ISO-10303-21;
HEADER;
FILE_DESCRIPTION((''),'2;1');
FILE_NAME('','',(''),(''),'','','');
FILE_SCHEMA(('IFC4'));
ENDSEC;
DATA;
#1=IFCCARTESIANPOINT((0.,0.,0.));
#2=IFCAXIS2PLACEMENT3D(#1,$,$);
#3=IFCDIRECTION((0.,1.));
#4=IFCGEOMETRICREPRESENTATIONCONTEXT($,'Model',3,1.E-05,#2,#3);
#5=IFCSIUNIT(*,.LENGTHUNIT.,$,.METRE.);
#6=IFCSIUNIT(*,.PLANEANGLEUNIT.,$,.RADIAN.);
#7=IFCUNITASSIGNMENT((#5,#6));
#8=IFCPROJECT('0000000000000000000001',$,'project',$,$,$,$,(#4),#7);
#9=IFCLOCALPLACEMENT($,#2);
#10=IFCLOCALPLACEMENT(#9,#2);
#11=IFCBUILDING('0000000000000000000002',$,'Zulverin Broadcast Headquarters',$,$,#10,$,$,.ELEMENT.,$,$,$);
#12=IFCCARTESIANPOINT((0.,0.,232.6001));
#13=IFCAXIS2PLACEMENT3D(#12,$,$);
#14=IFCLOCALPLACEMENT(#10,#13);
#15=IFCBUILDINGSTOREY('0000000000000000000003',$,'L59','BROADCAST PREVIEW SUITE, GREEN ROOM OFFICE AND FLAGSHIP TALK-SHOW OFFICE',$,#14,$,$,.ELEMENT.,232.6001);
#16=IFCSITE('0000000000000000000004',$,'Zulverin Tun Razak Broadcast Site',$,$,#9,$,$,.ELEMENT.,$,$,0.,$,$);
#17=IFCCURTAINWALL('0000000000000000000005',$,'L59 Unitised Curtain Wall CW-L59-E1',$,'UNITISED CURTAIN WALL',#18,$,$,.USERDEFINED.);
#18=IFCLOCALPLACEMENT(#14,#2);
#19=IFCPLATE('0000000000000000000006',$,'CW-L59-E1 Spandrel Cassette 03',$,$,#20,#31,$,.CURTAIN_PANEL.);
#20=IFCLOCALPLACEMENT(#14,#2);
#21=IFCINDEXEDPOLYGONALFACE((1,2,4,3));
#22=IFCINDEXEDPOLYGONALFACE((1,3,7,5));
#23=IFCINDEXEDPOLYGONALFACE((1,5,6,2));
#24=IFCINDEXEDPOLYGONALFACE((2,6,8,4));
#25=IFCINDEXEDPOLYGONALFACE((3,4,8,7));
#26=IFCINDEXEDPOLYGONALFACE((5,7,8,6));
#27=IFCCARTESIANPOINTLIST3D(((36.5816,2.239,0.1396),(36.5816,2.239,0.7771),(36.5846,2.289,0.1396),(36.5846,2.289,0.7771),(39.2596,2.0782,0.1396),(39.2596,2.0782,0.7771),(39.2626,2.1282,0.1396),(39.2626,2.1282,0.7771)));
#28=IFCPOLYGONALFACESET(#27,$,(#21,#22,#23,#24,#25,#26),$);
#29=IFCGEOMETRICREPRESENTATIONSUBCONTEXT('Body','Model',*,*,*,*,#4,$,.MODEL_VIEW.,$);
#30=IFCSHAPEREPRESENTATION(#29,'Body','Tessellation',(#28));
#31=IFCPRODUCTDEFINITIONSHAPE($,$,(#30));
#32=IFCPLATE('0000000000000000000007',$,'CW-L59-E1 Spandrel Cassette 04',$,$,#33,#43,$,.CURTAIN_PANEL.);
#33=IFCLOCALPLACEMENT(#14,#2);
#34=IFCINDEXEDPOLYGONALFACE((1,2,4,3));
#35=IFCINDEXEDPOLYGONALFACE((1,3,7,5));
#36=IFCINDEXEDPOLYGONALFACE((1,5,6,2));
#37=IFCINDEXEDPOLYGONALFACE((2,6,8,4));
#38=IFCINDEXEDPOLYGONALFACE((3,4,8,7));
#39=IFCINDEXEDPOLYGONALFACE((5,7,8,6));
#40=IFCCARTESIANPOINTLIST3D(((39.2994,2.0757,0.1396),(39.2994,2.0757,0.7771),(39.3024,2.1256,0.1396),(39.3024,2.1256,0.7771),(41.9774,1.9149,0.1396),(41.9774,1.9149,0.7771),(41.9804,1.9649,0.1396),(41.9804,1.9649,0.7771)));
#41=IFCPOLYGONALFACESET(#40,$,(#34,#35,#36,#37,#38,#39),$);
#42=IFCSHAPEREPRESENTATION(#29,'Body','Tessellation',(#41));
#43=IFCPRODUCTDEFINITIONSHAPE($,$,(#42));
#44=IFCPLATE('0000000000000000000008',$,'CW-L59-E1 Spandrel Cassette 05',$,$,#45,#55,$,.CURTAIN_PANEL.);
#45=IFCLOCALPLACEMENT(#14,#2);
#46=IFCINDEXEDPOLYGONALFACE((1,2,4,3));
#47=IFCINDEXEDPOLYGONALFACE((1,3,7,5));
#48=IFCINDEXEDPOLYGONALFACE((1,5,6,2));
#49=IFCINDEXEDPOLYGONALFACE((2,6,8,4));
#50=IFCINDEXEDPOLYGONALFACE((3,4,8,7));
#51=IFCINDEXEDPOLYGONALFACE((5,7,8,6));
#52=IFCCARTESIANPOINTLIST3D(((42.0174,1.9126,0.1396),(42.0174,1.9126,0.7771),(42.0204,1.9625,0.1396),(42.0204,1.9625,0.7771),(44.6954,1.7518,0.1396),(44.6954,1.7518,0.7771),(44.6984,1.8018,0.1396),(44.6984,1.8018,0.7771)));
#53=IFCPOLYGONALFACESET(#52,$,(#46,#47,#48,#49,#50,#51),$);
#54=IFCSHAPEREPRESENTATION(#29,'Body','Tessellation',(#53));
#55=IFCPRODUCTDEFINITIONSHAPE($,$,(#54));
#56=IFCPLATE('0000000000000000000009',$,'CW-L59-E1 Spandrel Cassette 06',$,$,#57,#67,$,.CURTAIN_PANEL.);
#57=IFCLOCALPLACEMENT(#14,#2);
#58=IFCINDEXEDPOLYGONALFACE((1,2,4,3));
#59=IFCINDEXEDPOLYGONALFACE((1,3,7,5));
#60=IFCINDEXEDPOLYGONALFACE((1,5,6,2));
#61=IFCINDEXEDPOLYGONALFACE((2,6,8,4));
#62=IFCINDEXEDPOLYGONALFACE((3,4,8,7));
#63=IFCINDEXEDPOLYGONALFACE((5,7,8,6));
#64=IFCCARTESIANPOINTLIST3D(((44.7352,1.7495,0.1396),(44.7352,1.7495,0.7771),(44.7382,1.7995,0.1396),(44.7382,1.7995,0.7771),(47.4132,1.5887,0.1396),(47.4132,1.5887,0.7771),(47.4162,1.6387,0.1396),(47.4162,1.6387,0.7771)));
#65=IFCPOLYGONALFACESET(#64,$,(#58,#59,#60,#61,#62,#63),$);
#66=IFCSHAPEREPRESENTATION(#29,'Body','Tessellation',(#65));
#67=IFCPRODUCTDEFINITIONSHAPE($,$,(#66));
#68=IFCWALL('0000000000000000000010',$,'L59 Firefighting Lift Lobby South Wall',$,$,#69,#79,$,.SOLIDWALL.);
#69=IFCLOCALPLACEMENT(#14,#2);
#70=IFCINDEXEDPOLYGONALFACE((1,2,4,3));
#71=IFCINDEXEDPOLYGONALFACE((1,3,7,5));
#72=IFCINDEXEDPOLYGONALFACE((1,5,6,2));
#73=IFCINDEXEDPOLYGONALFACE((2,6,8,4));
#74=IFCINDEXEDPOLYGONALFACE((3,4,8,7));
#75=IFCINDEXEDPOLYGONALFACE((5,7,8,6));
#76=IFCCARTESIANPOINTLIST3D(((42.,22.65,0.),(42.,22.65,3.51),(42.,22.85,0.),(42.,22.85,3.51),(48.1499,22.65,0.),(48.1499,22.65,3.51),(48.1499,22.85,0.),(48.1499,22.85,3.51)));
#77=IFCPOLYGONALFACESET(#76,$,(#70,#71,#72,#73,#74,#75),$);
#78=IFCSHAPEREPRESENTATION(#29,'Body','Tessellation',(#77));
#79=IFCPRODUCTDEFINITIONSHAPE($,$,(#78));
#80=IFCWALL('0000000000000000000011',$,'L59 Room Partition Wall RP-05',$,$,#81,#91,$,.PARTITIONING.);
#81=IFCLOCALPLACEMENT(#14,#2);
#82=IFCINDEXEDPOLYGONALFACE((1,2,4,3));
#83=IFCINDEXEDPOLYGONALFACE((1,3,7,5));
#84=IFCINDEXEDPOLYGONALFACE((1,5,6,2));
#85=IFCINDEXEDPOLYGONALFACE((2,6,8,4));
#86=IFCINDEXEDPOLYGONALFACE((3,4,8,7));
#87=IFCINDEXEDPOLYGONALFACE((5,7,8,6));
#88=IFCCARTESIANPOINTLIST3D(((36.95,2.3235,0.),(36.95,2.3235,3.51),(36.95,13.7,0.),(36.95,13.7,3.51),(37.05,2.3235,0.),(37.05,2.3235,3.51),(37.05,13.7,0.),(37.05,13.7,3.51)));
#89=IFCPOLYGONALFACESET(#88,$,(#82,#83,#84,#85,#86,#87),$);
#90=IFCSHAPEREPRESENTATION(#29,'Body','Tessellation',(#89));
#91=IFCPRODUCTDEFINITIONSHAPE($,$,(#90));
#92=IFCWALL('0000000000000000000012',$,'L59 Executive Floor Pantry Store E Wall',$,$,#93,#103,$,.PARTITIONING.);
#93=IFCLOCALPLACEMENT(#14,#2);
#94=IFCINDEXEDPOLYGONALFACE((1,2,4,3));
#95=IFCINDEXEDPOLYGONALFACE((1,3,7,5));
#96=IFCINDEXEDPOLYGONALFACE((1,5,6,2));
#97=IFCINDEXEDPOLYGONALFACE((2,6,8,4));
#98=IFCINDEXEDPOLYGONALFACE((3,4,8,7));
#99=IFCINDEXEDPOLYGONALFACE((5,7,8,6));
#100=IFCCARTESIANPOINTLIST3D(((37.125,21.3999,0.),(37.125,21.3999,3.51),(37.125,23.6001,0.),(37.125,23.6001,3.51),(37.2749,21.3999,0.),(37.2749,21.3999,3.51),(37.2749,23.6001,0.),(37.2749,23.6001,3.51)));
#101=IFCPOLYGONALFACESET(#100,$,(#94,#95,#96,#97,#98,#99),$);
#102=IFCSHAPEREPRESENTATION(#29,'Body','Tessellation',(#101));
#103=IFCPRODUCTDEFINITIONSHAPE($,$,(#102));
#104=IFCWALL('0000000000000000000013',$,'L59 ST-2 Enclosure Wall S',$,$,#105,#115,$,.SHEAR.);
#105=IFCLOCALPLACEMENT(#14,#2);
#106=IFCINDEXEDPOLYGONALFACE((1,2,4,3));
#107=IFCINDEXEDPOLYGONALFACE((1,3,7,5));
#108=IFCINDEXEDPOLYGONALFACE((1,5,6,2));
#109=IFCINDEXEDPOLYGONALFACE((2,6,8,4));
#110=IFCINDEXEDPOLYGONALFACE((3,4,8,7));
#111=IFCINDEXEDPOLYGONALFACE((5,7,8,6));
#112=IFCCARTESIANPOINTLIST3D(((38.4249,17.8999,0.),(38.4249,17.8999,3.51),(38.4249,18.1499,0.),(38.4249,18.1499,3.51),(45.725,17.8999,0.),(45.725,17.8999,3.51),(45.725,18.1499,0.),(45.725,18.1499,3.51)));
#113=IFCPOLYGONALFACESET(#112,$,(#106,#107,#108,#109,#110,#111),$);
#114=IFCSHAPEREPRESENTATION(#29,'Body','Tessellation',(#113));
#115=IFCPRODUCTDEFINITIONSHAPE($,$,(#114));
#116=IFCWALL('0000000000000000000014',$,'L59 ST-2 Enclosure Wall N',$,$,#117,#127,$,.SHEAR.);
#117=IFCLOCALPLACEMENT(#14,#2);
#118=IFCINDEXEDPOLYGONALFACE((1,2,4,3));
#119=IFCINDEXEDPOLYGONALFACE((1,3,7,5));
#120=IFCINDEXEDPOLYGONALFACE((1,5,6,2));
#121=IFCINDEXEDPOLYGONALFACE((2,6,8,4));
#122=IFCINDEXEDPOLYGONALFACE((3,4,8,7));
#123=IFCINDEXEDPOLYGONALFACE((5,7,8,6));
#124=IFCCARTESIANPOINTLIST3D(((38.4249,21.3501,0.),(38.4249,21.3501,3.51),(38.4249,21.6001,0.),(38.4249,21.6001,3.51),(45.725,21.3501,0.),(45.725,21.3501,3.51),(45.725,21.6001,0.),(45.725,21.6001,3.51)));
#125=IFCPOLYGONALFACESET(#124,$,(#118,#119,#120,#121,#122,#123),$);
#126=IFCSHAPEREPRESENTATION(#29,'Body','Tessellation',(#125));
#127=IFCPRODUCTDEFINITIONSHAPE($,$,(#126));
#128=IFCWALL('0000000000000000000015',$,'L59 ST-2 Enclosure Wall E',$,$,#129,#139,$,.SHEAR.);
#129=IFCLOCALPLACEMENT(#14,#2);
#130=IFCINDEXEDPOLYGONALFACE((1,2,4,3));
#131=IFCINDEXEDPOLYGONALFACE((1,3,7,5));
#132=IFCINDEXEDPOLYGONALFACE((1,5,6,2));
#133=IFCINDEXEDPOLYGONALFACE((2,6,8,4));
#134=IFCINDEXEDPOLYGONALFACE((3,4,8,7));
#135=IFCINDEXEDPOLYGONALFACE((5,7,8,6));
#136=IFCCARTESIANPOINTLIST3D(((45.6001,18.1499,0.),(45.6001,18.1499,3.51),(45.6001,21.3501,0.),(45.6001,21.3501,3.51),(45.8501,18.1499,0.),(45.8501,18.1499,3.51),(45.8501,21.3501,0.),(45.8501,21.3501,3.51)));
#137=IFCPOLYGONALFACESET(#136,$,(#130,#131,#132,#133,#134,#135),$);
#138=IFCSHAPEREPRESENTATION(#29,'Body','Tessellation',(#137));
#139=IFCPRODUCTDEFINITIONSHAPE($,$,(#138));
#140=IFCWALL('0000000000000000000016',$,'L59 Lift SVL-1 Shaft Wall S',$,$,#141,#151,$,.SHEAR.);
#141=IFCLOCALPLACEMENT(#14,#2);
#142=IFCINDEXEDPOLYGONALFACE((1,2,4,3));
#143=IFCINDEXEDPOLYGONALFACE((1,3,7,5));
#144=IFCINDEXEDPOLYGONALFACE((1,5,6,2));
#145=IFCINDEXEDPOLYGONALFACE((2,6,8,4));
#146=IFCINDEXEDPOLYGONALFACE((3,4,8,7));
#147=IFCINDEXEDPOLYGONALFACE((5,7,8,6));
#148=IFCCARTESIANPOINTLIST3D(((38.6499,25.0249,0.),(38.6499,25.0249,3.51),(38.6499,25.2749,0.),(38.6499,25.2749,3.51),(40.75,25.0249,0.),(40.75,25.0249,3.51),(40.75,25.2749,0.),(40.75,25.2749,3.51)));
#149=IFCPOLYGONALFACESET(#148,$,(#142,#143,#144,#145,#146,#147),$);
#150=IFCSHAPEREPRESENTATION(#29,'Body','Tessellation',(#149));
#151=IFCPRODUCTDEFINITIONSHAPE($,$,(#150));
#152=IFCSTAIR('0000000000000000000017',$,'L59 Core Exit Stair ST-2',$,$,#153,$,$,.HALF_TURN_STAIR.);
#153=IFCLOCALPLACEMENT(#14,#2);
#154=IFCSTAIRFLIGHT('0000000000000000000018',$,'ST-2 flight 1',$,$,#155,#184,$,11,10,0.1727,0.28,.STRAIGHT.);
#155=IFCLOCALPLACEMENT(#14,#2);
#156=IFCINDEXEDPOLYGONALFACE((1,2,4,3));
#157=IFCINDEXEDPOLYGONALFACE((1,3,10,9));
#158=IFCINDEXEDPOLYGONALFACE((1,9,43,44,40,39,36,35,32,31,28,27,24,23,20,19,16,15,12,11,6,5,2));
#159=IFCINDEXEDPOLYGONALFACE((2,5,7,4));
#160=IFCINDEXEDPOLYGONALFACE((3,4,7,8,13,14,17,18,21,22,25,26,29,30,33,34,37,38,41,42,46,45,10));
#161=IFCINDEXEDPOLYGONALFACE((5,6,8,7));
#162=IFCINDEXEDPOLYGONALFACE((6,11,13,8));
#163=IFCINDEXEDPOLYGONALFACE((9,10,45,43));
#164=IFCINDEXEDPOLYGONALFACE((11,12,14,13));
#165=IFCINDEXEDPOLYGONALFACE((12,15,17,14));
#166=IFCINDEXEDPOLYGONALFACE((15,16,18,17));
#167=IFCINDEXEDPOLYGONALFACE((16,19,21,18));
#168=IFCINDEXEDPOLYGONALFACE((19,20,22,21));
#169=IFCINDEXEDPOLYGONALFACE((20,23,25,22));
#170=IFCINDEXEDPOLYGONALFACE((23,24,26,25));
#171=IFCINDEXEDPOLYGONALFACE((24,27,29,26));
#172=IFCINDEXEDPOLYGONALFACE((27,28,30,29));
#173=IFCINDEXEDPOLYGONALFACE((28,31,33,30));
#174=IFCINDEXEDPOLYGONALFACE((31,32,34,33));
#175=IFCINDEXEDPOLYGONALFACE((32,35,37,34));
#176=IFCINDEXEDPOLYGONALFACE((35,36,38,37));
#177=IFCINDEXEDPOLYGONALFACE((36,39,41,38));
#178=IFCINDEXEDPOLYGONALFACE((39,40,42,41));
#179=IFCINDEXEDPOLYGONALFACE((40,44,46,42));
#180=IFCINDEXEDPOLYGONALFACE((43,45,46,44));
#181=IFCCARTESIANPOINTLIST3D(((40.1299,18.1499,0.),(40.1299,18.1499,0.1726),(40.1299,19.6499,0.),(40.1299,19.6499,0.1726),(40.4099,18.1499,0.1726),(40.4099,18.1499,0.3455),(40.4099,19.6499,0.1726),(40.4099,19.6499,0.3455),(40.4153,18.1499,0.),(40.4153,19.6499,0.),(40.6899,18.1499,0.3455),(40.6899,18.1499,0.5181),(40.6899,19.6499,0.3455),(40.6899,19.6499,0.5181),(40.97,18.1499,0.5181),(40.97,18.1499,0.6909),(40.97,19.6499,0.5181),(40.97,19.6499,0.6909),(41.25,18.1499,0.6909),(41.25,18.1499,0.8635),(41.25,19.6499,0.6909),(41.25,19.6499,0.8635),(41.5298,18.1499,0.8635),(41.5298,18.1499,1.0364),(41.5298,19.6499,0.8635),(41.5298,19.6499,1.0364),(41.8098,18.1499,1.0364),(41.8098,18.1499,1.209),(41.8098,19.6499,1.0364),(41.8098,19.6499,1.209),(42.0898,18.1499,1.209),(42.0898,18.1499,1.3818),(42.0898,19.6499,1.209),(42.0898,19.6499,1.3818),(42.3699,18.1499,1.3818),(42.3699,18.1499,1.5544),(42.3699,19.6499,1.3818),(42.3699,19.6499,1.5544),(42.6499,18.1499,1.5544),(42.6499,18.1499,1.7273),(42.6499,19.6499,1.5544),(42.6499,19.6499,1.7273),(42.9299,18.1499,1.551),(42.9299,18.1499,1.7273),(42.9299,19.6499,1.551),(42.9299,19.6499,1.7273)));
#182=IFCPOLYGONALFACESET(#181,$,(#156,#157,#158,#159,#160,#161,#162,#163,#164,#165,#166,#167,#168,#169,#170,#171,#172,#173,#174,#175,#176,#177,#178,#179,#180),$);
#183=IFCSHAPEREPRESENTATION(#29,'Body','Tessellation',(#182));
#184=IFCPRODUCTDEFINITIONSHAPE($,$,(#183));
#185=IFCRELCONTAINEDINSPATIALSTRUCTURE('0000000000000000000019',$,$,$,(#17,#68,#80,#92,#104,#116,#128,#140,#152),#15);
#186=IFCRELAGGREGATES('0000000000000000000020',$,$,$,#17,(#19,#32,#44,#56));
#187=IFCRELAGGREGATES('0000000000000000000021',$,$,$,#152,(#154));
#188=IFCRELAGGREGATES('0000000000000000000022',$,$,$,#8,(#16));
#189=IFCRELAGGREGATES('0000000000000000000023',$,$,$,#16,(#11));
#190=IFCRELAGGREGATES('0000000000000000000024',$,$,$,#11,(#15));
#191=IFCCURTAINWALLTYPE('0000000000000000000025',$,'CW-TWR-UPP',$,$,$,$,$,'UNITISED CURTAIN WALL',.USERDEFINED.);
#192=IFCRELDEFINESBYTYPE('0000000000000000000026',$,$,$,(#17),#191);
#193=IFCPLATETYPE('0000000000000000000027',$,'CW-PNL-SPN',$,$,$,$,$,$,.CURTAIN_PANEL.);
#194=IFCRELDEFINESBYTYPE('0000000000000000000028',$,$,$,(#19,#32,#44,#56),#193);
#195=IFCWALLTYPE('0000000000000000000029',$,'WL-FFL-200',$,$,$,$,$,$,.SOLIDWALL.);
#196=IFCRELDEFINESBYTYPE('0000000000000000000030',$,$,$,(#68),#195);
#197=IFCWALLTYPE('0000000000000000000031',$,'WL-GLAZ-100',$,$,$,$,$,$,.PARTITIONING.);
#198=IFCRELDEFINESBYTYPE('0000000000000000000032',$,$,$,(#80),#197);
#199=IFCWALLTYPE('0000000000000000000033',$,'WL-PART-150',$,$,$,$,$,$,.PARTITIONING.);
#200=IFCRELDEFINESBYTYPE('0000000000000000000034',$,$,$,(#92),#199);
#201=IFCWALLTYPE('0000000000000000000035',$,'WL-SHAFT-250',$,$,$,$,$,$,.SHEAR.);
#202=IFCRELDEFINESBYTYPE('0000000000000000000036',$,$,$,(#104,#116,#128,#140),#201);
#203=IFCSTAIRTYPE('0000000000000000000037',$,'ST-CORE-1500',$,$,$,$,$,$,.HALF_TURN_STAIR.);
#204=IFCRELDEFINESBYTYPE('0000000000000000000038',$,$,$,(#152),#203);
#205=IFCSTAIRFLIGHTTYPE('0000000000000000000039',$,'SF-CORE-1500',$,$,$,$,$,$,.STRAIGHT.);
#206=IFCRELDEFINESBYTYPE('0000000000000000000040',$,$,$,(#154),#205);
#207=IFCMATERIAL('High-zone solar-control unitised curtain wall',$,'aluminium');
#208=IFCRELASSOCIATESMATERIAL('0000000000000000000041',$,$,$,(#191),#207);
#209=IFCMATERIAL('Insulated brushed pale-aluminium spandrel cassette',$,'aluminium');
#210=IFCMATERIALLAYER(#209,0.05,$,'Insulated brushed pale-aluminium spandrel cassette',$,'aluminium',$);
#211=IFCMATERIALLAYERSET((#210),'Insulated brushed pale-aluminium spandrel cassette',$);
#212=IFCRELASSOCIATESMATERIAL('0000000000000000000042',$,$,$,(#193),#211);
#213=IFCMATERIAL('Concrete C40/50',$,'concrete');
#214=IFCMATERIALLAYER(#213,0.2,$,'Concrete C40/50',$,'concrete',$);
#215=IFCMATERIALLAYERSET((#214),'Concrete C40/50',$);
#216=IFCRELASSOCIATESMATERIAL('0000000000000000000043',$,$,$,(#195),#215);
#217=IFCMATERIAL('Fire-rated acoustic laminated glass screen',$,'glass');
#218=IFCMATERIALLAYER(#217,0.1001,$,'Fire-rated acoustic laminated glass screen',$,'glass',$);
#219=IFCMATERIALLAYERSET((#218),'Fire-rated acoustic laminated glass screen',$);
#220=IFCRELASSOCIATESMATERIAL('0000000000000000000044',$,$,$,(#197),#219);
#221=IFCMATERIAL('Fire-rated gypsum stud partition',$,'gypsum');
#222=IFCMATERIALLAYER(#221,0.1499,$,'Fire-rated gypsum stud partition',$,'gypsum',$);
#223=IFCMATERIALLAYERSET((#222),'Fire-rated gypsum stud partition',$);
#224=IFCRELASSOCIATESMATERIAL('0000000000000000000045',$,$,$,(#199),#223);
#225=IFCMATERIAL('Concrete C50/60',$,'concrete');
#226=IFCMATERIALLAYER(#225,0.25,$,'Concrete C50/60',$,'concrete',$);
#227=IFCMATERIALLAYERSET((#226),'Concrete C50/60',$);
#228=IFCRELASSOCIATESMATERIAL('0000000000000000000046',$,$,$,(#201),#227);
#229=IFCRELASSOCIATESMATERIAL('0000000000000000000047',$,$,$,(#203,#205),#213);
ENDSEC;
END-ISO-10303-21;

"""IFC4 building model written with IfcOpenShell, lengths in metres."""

from ifc_helpers import new_model, si_unit, direction, frame, frame_2d, origin, origin_2d, place, context, subcontext, project, spatial, polyline, rectangle, outline, extrude, material, layer, layer_set, type_object, element, aggregate, save


model = new_model("IFC4")

# Units and contexts
model_context = context("Model", 3, precision=1e-05, world=origin(), true_north=direction((0.0, 1.0)))
body_context = subcontext(model_context, "Body", "Model", "MODEL_VIEW")
ifc_project = project(units=[si_unit("LENGTHUNIT", "METRE"), si_unit("PLANEANGLEUNIT", "RADIAN")], contexts=[model_context])

# Site, building, storey
site_placement = place(None, origin())
site = spatial("IfcSite", under=ifc_project, at=site_placement, Name="Zulverin Tun Razak Broadcast Site", CompositionType="ELEMENT", RefElevation=0.0)
building_placement = place(site_placement, origin())
building = spatial("IfcBuilding", under=site, at=building_placement, Name="Zulverin Broadcast Headquarters", CompositionType="ELEMENT")
storey_placement = place(building_placement, frame((0.0, 0.0, 232.6001)))
storey = spatial("IfcBuildingStorey", under=building, at=storey_placement, Name="L59", Description="BROADCAST PREVIEW SUITE, GREEN ROOM OFFICE AND FLAGSHIP TALK-SHOW OFFICE", CompositionType="ELEMENT", Elevation=232.6001)

# Shared definitions
ifc_material_1 = material(Name="Concrete C50/60", Category="concrete")

# Curtain wall, plates
ifc_material_2 = material(Name="High-zone solar-control unitised curtain wall", Category="aluminium")
curtain_wall_type = type_object("IfcCurtainWallType", Name="CW-TWR-UPP", ElementType="UNITISED CURTAIN WALL", PredefinedType="USERDEFINED", material=ifc_material_2)
curtain_wall_placement = place(storey_placement, origin())
curtain_wall = element("IfcCurtainWall", 1, at=curtain_wall_placement, inside=storey, type_object=curtain_wall_type, Name="L59 Unitised Curtain Wall CW-L59-E1", ObjectType="UNITISED CURTAIN WALL", PredefinedType="USERDEFINED")
ifc_material_3 = material(Name="Insulated brushed pale-aluminium spandrel cassette", Category="aluminium")
ifc_layer_1 = layer(ifc_material_3, 0.05, Name="Insulated brushed pale-aluminium spandrel cassette", Category="aluminium")
ifc_layer_set_1 = layer_set([ifc_layer_1], Name="Insulated brushed pale-aluminium spandrel cassette")
plate_type_1 = type_object("IfcPlateType", Name="CW-PNL-SPN", PredefinedType="CURTAIN_PANEL", material=ifc_layer_set_1)
plate_1_placement = place(storey_placement, frame((37.9221, 2.1836, 0.1396), z_axis=(0.0, 0.0, 1.0), x_axis=(0.998203, -0.059928, 0.0)))
plate_1 = element("IfcPlate", 2, at=plate_1_placement, type_object=plate_type_1, Name="CW-L59-E1 Spandrel Cassette 03", PredefinedType="CURTAIN_PANEL", context=body_context, shape_type="SweptSolid", body=[
    extrude(rectangle(XDim=2.6829, YDim=0.05, at=origin_2d()), origin(), (0.0, 0.0, 1.0), 0.6375),
])
plate_2_placement = place(storey_placement, frame((40.6399, 2.0203, 0.1396), z_axis=(0.0, 0.0, 1.0), x_axis=(0.998203, -0.059928, 0.0)))
plate_2 = element("IfcPlate", 3, at=plate_2_placement, type_object=plate_type_1, Name="CW-L59-E1 Spandrel Cassette 04", PredefinedType="CURTAIN_PANEL", context=body_context, shape_type="SweptSolid", body=[
    extrude(rectangle(XDim=2.6829, YDim=0.05, at=origin_2d()), origin(), (0.0, 0.0, 1.0), 0.6375),
])
plate_3_placement = place(storey_placement, frame((43.3579, 1.8572, 0.1396), z_axis=(0.0, 0.0, 1.0), x_axis=(0.998203, -0.059928, 0.0)))
plate_3 = element("IfcPlate", 4, at=plate_3_placement, type_object=plate_type_1, Name="CW-L59-E1 Spandrel Cassette 05", PredefinedType="CURTAIN_PANEL", context=body_context, shape_type="SweptSolid", body=[
    extrude(rectangle(XDim=2.6829, YDim=0.05, at=origin_2d()), origin(), (0.0, 0.0, 1.0), 0.6375),
])
plate_4_placement = place(storey_placement, frame((46.0757, 1.6941, 0.1396), z_axis=(0.0, 0.0, 1.0), x_axis=(0.998203, -0.059928, 0.0)))
plate_4 = element("IfcPlate", 5, at=plate_4_placement, type_object=plate_type_1, Name="CW-L59-E1 Spandrel Cassette 06", PredefinedType="CURTAIN_PANEL", context=body_context, shape_type="SweptSolid", body=[
    extrude(rectangle(XDim=2.6829, YDim=0.05, at=origin_2d()), origin(), (0.0, 0.0, 1.0), 0.6375),
])
aggregate(curtain_wall, [plate_1, plate_2, plate_3, plate_4])

# Shared definitions
ifc_material_4 = material(Name="Concrete C40/50", Category="concrete")
ifc_layer_2 = layer(ifc_material_4, 0.2, Name="Concrete C40/50", Category="concrete")
ifc_layer_set_2 = layer_set([ifc_layer_2], Name="Concrete C40/50")
wall_type_1 = type_object("IfcWallType", Name="WL-FFL-200", PredefinedType="SOLIDWALL", material=ifc_layer_set_2)

# Walls
wall_1_placement = place(storey_placement, frame((42.0, 22.75, 0.0), z_axis=(0.0, 0.0, 1.0), x_axis=(1.0, 0.0, 0.0)))
element("IfcWall", 6, at=wall_1_placement, inside=storey, type_object=wall_type_1, Name="L59 Firefighting Lift Lobby South Wall", PredefinedType="SOLIDWALL", context=body_context, shape_type="SweptSolid", body=[
    extrude(rectangle(XDim=6.1499, YDim=0.2, at=frame_2d((3.075, 0.0))), origin(), (0.0, 0.0, 1.0), 3.51),
])
ifc_material_5 = material(Name="Fire-rated acoustic laminated glass screen", Category="glass")
ifc_layer_3 = layer(ifc_material_5, 0.1001, Name="Fire-rated acoustic laminated glass screen", Category="glass")
ifc_layer_set_3 = layer_set([ifc_layer_3], Name="Fire-rated acoustic laminated glass screen")
wall_type_2 = type_object("IfcWallType", Name="WL-GLAZ-100", PredefinedType="PARTITIONING", material=ifc_layer_set_3)
wall_2_placement = place(storey_placement, frame((37.0, 2.3235, 0.0), z_axis=(0.0, 0.0, 1.0), x_axis=(0.0, 1.0, 0.0)))
element("IfcWall", 7, at=wall_2_placement, inside=storey, type_object=wall_type_2, Name="L59 Room Partition Wall RP-05", PredefinedType="PARTITIONING", context=body_context, shape_type="SweptSolid", body=[
    extrude(rectangle(XDim=11.3765, YDim=0.1001, at=frame_2d((5.6882, 0.0))), origin(), (0.0, 0.0, 1.0), 3.51),
])
ifc_material_6 = material(Name="Fire-rated gypsum stud partition", Category="gypsum")
ifc_layer_4 = layer(ifc_material_6, 0.1499, Name="Fire-rated gypsum stud partition", Category="gypsum")
ifc_layer_set_4 = layer_set([ifc_layer_4], Name="Fire-rated gypsum stud partition")
wall_type_3 = type_object("IfcWallType", Name="WL-PART-150", PredefinedType="PARTITIONING", material=ifc_layer_set_4)
wall_3_placement = place(storey_placement, frame((37.2, 21.3999, 0.0), z_axis=(0.0, 0.0, 1.0), x_axis=(0.0, 1.0, 0.0)))
element("IfcWall", 8, at=wall_3_placement, inside=storey, type_object=wall_type_3, Name="L59 Executive Floor Pantry Store E Wall", PredefinedType="PARTITIONING", context=body_context, shape_type="SweptSolid", body=[
    extrude(rectangle(XDim=2.2002, YDim=0.1499, at=frame_2d((1.1001, 0.0))), origin(), (0.0, 0.0, 1.0), 3.51),
])
ifc_layer_5 = layer(ifc_material_1, 0.25, Name="Concrete C50/60", Category="concrete")
ifc_layer_set_5 = layer_set([ifc_layer_5], Name="Concrete C50/60")
wall_type_4 = type_object("IfcWallType", Name="WL-SHAFT-250", PredefinedType="SHEAR", material=ifc_layer_set_5)
for number, where, z_axis, x_axis, name in (
    (9, (38.425, 18.0249, 0.0), (0.0, 0.0, 1.0), (1.0, 0.0, 0.0), "L59 ST-2 Enclosure Wall S"),
    (10, (38.425, 21.4751, 0.0), (0.0, 0.0, 1.0), (1.0, 0.0, 0.0), "L59 ST-2 Enclosure Wall N"),
):
    element("IfcWall", number, at=place(storey_placement, frame(where, z_axis=z_axis, x_axis=x_axis)), inside=storey, type_object=wall_type_4, Name=name, PredefinedType="SHEAR", context=body_context, shape_type="SweptSolid", body=[
        extrude(rectangle(XDim=7.3, YDim=0.25, at=frame_2d((3.6499, 0.0))), origin(), (0.0, 0.0, 1.0), 3.51),
    ])

# Walls
wall_4_placement = place(storey_placement, frame((45.7251, 18.1499, 0.0), z_axis=(0.0, 0.0, 1.0), x_axis=(0.0, 1.0, 0.0)))
element("IfcWall", 11, at=wall_4_placement, inside=storey, type_object=wall_type_4, Name="L59 ST-2 Enclosure Wall E", PredefinedType="SHEAR", context=body_context, shape_type="SweptSolid", body=[
    extrude(rectangle(XDim=3.2002, YDim=0.25, at=frame_2d((1.6001, 0.0))), origin(), (0.0, 0.0, 1.0), 3.51),
])
wall_5_placement = place(storey_placement, frame((38.6499, 25.1499, 0.0), z_axis=(0.0, 0.0, 1.0), x_axis=(1.0, 0.0, 0.0)))
element("IfcWall", 12, at=wall_5_placement, inside=storey, type_object=wall_type_4, Name="L59 Lift SVL-1 Shaft Wall S", PredefinedType="SHEAR", context=body_context, shape_type="SweptSolid", body=[
    extrude(rectangle(XDim=2.1001, YDim=0.25, at=frame_2d((1.05, 0.0))), origin(), (0.0, 0.0, 1.0), 3.51),
])

# Stair, stair flight
stair_type = type_object("IfcStairType", Name="ST-CORE-1500", PredefinedType="HALF_TURN_STAIR", material=ifc_material_4)
stair_placement = place(storey_placement, origin())
stair = element("IfcStair", 13, at=stair_placement, inside=storey, type_object=stair_type, Name="L59 Core Exit Stair ST-2", PredefinedType="HALF_TURN_STAIR")
stair_flight_type = type_object("IfcStairFlightType", Name="SF-CORE-1500", PredefinedType="STRAIGHT", material=ifc_material_4)
stair_flight_1_placement = place(storey_placement, frame((40.1299, 18.8999, 0.0), z_axis=(0.0, 0.0, 1.0), x_axis=(1.0, 0.0, 0.0)))
stair_flight_1 = element("IfcStairFlight", 14, at=stair_flight_1_placement, type_object=stair_flight_type, Name="ST-2 flight 1", NumberOfRisers=11, NumberOfTreads=10, PredefinedType="STRAIGHT", RiserHeight=0.1727, TreadLength=0.28, context=body_context, shape_type="SweptSolid", body=[
    extrude(outline(polyline([(0.0, 0.0), (0.0, 0.1726), (0.28, 0.1726), (0.28, 0.3455), (0.5601, 0.3455), (0.5601, 0.5181), (0.8401, 0.5181), (0.8401, 0.6909), (1.1201, 0.6909), (1.1201, 0.8635), (1.3999, 0.8635), (1.3999, 1.0364), (1.6799, 1.0364), (1.6799, 1.209), (1.96, 1.209), (1.96, 1.3818), (2.24, 1.3818), (2.24, 1.5544), (2.52, 1.5544), (2.52, 1.7273), (2.8, 1.7273), (2.8, 1.8999), (2.8, 1.551), (0.2854, 0.0), (0.0, 0.0)])), frame((0.0, 0.75, 0.0), z_axis=(0.0, -1.0, 0.0), x_axis=(1.0, 0.0, 0.0)), (0.0, 0.0, 1.0), 1.5),
])
aggregate(stair, [stair_flight_1])

save(model, "model.ifc")
